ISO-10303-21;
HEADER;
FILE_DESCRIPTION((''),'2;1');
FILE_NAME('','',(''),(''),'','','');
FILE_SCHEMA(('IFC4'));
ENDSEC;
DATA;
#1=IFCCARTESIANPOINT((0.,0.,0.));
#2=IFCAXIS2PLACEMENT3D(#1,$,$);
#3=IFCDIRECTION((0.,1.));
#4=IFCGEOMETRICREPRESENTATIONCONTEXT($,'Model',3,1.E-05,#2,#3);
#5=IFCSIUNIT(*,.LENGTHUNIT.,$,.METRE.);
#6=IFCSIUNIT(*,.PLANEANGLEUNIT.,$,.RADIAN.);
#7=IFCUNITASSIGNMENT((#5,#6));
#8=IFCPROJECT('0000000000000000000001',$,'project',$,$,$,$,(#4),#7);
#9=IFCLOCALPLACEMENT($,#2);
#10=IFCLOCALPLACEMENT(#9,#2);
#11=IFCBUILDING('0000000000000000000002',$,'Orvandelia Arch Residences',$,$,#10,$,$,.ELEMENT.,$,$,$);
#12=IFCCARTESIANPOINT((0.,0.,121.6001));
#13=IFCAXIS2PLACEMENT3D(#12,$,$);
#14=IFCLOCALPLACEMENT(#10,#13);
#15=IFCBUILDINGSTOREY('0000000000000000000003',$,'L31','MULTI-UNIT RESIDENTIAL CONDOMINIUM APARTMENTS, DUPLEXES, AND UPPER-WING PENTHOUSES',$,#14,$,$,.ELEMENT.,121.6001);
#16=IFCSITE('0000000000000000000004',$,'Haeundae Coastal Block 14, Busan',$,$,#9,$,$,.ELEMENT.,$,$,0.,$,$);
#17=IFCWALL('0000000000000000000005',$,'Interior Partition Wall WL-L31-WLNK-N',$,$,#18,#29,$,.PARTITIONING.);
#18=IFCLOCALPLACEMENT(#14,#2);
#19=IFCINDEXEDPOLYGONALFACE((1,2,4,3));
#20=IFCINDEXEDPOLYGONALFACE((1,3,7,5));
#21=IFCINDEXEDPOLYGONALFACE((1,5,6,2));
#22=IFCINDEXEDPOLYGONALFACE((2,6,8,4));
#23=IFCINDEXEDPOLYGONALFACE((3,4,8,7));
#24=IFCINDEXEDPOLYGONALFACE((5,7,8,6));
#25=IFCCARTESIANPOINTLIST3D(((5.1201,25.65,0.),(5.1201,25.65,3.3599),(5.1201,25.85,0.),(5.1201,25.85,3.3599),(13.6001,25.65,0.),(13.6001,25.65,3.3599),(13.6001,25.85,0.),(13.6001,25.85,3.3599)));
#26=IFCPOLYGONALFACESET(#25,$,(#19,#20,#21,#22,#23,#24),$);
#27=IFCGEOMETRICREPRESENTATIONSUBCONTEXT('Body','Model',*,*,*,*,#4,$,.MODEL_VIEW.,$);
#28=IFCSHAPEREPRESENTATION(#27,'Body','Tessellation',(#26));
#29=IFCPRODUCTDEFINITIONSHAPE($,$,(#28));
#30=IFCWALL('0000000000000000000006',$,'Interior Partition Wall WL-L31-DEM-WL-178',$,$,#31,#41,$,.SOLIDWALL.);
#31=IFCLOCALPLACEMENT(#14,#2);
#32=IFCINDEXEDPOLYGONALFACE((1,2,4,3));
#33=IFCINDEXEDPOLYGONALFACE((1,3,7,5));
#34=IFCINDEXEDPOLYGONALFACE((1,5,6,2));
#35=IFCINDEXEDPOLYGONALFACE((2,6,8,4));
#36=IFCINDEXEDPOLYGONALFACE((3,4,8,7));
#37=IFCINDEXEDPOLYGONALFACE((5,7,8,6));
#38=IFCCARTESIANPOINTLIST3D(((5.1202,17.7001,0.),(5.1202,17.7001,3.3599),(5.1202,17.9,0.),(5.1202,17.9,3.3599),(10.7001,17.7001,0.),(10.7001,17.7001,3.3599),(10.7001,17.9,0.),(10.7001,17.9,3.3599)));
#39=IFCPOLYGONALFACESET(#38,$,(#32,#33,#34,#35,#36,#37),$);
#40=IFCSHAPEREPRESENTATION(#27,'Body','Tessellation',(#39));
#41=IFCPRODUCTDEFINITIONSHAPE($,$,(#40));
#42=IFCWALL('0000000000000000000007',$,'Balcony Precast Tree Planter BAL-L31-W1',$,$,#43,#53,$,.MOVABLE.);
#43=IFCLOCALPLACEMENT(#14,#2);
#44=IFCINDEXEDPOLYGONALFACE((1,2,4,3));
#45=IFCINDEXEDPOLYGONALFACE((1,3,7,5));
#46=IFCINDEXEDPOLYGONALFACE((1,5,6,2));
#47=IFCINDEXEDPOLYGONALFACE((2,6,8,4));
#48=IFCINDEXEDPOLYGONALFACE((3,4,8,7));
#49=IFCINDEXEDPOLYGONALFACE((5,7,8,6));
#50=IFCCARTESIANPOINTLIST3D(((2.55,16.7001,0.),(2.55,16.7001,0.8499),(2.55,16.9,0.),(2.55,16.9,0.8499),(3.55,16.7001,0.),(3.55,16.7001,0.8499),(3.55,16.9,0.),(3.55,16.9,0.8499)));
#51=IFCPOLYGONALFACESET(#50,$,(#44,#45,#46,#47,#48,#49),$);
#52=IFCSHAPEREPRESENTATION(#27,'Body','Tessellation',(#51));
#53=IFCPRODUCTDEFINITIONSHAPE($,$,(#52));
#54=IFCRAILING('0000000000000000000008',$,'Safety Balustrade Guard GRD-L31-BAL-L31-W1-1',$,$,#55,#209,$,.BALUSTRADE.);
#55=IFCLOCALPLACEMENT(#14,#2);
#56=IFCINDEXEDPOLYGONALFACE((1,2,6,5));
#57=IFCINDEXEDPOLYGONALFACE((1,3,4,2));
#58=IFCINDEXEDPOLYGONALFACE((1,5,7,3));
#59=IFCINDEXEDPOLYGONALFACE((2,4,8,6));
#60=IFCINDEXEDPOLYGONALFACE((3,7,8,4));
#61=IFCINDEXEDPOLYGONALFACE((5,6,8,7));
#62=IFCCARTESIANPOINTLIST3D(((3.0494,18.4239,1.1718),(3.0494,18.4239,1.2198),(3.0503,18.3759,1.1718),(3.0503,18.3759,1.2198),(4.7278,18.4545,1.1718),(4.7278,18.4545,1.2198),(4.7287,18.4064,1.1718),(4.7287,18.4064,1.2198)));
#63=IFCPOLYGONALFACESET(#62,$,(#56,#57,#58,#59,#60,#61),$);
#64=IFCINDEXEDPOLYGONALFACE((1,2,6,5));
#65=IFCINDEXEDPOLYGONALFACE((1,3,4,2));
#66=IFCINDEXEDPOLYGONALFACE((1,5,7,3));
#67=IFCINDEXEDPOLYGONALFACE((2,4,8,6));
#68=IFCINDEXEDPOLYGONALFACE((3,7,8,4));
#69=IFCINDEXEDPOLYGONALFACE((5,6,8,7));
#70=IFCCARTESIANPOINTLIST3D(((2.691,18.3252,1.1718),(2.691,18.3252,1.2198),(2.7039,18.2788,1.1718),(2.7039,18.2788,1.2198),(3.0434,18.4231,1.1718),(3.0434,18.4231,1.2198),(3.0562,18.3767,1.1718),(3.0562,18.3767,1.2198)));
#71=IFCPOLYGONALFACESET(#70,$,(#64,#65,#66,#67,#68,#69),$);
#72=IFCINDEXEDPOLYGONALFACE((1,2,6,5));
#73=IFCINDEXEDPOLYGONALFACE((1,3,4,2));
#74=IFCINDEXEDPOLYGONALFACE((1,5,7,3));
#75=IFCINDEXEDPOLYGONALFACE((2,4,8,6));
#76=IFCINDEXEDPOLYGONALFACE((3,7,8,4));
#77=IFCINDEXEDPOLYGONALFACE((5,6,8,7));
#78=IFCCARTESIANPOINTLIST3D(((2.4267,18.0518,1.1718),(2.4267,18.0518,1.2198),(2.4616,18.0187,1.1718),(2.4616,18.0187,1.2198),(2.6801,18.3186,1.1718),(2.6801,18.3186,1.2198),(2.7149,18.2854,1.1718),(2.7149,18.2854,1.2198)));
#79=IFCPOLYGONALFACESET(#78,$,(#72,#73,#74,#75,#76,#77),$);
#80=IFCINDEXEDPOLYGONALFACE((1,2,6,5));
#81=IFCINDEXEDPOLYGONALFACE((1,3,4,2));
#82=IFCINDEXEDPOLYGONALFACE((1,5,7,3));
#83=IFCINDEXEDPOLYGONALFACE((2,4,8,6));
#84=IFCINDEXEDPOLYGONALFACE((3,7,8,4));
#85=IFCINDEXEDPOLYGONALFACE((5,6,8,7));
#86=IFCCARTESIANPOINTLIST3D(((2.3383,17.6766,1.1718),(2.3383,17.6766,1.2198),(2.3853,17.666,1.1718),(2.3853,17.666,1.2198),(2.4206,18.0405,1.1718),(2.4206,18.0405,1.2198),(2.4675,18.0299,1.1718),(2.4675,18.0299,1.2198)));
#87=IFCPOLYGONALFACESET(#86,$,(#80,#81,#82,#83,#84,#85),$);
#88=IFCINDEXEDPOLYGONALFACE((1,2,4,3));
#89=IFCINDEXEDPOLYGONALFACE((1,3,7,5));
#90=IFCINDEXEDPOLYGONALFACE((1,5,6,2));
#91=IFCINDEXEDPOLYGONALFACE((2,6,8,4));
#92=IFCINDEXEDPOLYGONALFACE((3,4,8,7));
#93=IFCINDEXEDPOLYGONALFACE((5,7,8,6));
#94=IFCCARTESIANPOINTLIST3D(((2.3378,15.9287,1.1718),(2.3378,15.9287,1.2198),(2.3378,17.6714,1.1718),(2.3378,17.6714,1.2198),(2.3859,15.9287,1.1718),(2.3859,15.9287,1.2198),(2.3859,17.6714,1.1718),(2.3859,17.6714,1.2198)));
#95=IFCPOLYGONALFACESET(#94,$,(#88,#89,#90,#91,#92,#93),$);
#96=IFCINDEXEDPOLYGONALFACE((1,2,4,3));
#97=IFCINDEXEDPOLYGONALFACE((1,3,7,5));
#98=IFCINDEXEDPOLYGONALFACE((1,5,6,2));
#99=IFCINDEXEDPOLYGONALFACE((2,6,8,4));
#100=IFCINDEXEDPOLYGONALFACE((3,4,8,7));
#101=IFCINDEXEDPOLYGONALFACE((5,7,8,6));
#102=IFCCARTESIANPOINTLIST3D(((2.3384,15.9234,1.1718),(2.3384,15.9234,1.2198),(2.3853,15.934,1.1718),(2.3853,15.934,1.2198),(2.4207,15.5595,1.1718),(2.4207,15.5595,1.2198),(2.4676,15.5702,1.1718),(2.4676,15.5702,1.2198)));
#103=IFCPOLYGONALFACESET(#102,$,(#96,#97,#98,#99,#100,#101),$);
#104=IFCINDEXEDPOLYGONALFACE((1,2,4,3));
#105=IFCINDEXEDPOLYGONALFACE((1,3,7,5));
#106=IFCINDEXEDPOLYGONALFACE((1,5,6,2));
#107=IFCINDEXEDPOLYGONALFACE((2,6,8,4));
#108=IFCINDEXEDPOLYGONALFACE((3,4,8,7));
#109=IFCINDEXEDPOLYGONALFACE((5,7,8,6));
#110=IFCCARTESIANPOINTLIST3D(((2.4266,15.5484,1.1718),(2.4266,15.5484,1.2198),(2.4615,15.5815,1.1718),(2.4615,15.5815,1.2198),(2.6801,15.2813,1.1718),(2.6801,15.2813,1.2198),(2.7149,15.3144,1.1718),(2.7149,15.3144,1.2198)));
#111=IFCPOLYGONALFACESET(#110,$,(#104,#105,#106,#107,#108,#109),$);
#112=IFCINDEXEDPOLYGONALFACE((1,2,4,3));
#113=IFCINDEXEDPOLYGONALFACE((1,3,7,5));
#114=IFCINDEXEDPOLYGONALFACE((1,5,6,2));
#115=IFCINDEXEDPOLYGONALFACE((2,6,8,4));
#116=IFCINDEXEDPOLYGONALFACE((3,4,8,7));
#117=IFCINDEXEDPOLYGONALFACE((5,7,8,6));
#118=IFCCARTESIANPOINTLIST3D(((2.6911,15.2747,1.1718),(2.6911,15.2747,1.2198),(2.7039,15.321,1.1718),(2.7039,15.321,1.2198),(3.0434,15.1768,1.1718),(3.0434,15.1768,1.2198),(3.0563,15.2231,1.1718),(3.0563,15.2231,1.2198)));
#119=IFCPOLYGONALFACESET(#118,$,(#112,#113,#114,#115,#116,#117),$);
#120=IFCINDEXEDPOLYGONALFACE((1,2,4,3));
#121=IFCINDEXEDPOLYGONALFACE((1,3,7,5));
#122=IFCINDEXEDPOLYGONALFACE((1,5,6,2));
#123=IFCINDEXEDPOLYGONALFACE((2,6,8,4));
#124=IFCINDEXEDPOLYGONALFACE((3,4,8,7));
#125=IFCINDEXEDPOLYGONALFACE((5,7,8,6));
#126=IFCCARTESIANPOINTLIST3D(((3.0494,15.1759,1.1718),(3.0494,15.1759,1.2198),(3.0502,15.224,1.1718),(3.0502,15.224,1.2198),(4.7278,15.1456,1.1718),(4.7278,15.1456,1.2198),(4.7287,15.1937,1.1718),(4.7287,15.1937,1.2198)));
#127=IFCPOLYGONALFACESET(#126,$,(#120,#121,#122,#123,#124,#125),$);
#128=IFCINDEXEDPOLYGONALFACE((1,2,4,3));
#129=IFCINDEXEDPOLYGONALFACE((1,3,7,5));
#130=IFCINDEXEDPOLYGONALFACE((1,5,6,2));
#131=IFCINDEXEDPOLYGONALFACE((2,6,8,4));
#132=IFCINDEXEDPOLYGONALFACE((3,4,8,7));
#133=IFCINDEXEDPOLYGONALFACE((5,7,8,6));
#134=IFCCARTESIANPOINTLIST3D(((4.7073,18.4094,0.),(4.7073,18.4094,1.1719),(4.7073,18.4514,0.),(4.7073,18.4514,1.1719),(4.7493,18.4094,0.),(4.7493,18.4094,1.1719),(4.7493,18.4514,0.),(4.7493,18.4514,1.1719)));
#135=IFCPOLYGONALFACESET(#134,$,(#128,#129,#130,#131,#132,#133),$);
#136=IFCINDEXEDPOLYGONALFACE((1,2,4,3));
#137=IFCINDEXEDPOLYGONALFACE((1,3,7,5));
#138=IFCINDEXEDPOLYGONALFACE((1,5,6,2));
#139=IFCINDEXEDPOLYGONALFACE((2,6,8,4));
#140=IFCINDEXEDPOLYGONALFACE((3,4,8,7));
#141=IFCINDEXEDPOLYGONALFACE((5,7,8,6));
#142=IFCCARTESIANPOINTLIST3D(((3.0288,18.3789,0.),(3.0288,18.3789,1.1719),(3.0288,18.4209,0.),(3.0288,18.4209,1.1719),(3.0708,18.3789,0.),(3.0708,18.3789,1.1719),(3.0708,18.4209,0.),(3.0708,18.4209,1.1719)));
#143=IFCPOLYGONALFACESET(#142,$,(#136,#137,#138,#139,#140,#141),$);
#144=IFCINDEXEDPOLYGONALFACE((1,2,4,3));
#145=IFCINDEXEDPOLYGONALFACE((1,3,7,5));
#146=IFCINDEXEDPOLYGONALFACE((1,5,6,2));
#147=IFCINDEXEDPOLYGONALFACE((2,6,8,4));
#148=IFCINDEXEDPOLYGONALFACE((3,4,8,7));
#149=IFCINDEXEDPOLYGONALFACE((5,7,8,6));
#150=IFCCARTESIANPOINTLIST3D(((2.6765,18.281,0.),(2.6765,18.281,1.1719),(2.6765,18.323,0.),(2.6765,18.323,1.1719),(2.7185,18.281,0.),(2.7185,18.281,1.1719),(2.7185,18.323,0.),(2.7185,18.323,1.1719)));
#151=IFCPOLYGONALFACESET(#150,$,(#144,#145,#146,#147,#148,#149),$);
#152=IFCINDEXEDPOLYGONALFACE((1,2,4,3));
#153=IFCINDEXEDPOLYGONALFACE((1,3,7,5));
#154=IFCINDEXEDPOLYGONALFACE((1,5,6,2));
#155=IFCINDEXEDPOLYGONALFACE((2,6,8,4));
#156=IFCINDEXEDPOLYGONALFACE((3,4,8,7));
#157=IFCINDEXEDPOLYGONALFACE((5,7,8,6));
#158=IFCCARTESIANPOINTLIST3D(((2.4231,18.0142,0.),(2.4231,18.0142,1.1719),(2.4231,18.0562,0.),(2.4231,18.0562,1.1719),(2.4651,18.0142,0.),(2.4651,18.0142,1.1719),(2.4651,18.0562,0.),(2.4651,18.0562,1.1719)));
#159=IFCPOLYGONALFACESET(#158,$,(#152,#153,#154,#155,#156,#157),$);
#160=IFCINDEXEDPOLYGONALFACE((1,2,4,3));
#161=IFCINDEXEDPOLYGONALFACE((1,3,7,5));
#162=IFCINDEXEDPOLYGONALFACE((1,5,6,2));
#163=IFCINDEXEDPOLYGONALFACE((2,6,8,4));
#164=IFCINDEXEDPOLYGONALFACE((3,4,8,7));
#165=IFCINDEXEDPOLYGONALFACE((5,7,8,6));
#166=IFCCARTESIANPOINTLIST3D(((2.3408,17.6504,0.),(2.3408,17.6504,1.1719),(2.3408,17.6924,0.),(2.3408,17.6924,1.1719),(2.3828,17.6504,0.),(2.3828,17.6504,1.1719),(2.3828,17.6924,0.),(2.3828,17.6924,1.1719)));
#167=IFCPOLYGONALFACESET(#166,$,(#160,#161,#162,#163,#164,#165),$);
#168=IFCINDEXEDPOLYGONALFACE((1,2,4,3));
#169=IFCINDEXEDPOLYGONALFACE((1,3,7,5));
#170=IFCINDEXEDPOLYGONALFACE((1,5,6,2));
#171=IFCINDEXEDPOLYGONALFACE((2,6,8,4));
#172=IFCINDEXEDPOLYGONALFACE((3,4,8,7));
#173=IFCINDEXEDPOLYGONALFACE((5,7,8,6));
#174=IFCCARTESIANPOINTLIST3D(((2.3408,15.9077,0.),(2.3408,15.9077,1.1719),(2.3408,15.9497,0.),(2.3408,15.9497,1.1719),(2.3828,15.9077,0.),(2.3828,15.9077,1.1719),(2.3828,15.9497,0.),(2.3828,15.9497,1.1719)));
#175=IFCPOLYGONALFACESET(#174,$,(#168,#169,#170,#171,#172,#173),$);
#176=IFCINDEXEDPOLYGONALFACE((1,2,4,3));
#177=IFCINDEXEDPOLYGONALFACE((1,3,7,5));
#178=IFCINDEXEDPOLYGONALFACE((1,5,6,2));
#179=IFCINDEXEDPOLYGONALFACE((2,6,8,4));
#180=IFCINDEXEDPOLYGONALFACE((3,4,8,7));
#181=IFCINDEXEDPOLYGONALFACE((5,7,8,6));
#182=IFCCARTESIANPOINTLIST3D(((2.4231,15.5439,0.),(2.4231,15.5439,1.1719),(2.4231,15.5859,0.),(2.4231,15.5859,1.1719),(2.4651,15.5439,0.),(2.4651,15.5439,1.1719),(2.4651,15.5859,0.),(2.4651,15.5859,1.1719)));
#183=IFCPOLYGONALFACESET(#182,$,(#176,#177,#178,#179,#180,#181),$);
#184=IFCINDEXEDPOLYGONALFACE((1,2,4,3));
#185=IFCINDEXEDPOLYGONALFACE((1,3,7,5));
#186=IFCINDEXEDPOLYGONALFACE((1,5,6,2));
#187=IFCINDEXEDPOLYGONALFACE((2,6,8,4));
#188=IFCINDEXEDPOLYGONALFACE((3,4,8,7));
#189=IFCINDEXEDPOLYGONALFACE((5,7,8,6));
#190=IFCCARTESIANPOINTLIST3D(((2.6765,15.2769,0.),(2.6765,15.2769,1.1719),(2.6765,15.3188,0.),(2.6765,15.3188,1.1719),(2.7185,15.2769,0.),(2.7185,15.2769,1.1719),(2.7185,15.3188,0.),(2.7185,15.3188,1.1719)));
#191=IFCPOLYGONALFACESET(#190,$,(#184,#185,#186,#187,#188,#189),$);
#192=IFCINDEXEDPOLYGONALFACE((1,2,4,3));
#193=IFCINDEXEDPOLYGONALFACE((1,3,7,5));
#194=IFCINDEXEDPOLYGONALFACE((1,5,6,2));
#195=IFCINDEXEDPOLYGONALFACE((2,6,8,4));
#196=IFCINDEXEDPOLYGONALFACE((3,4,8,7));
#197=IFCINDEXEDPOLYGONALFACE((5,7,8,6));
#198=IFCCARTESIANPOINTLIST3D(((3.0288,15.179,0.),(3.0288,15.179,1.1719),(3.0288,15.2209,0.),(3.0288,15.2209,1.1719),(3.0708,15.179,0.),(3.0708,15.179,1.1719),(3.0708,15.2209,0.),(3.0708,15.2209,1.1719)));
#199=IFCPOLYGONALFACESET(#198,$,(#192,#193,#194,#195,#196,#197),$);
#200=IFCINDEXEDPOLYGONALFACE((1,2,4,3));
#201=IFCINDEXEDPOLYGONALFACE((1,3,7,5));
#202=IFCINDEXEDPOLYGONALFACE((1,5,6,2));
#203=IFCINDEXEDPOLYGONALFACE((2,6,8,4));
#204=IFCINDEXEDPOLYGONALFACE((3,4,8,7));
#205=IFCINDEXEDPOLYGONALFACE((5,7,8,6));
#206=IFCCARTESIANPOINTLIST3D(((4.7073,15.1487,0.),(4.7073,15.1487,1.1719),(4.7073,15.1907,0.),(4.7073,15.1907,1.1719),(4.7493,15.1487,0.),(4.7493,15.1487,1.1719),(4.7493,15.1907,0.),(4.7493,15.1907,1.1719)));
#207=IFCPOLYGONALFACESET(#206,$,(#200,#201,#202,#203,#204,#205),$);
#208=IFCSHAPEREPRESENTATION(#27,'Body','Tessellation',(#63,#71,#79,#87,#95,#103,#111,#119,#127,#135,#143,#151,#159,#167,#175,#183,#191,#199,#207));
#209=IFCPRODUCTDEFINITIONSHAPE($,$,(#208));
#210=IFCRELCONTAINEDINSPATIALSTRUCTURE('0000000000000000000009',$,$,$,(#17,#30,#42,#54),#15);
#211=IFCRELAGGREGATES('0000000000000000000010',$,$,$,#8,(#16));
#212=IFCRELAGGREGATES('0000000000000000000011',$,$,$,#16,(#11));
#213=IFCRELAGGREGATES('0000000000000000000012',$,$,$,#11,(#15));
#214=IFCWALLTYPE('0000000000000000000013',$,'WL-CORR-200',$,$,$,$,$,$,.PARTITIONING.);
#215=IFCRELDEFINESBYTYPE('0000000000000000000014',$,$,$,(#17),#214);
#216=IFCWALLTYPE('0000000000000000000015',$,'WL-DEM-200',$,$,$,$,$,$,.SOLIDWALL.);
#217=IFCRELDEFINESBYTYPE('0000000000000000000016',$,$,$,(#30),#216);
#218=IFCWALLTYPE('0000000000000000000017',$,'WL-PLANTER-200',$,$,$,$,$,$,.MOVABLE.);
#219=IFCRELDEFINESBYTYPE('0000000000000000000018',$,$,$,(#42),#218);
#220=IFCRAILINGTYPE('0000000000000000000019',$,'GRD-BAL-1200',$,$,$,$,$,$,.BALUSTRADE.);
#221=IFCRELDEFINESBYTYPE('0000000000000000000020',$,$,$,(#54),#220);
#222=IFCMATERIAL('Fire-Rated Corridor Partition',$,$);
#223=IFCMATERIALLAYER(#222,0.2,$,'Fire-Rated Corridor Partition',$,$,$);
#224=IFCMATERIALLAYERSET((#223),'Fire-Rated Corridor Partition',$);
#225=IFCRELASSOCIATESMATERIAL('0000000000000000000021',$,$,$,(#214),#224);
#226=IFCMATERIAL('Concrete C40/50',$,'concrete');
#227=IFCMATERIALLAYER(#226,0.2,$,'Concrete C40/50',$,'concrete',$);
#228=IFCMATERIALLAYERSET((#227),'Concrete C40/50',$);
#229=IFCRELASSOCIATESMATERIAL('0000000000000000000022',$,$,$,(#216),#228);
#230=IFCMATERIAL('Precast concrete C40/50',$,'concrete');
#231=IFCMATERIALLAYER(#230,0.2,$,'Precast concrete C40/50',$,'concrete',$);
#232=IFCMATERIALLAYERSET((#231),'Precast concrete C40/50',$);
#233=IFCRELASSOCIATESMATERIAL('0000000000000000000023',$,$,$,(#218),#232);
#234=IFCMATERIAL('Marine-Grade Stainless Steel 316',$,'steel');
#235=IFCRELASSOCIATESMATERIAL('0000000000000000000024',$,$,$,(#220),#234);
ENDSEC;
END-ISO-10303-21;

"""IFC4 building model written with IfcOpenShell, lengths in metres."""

from ifc_helpers import new_model, si_unit, direction, frame, frame_2d, origin, origin_2d, place, context, subcontext, project, spatial, rectangle, extrude, material, layer, layer_set, type_object, element, save


model = new_model("IFC4")

# Units and contexts
model_context = context("Model", 3, precision=1e-05, world=origin(), true_north=direction((0.0, 1.0)))
body_context = subcontext(model_context, "Body", "Model", "MODEL_VIEW")
ifc_project = project(units=[si_unit("LENGTHUNIT", "METRE"), si_unit("PLANEANGLEUNIT", "RADIAN")], contexts=[model_context])

# Site, building, storey
site_placement = place(None, origin())
site = spatial("IfcSite", under=ifc_project, at=site_placement, Name="Haeundae Coastal Block 14, Busan", CompositionType="ELEMENT", RefElevation=0.0)
building_placement = place(site_placement, origin())
building = spatial("IfcBuilding", under=site, at=building_placement, Name="Orvandelia Arch Residences", CompositionType="ELEMENT")
storey_placement = place(building_placement, frame((0.0, 0.0, 121.6001)))
storey = spatial("IfcBuildingStorey", under=building, at=storey_placement, Name="L31", Description="MULTI-UNIT RESIDENTIAL CONDOMINIUM APARTMENTS, DUPLEXES, AND UPPER-WING PENTHOUSES", CompositionType="ELEMENT", Elevation=121.6001)

# Walls
ifc_material_1 = material(Name="Fire-Rated Corridor Partition")
ifc_layer_1 = layer(ifc_material_1, 0.2, Name="Fire-Rated Corridor Partition")
ifc_layer_set_1 = layer_set([ifc_layer_1], Name="Fire-Rated Corridor Partition")
wall_type_1 = type_object("IfcWallType", Name="WL-CORR-200", PredefinedType="PARTITIONING", material=ifc_layer_set_1)
wall_1_placement = place(storey_placement, frame((5.1201, 25.75, 0.0), z_axis=(0.0, 0.0, 1.0), x_axis=(1.0, 0.0, 0.0)))
element("IfcWall", 1, at=wall_1_placement, inside=storey, type_object=wall_type_1, Name="Interior Partition Wall WL-L31-WLNK-N", PredefinedType="PARTITIONING", context=body_context, shape_type="SweptSolid", body=[
    extrude(rectangle(XDim=8.48, YDim=0.2, at=frame_2d((4.24, 0.0))), origin(), (0.0, 0.0, 1.0), 3.3599),
])
ifc_material_2 = material(Name="Concrete C40/50", Category="concrete")
ifc_layer_2 = layer(ifc_material_2, 0.2, Name="Concrete C40/50", Category="concrete")
ifc_layer_set_2 = layer_set([ifc_layer_2], Name="Concrete C40/50")
wall_type_2 = type_object("IfcWallType", Name="WL-DEM-200", PredefinedType="SOLIDWALL", material=ifc_layer_set_2)
wall_2_placement = place(storey_placement, frame((5.1201, 17.8, 0.0), z_axis=(0.0, 0.0, 1.0), x_axis=(1.0, 0.0, 0.0)))
element("IfcWall", 2, at=wall_2_placement, inside=storey, type_object=wall_type_2, Name="Interior Partition Wall WL-L31-DEM-WL-178", PredefinedType="SOLIDWALL", context=body_context, shape_type="SweptSolid", body=[
    extrude(rectangle(XDim=5.5798, YDim=0.2, at=frame_2d((2.79, 0.0))), origin(), (0.0, 0.0, 1.0), 3.3599),
])
ifc_material_3 = material(Name="Precast concrete C40/50", Category="concrete")
ifc_layer_3 = layer(ifc_material_3, 0.2, Name="Precast concrete C40/50", Category="concrete")
ifc_layer_set_3 = layer_set([ifc_layer_3], Name="Precast concrete C40/50")
wall_type_3 = type_object("IfcWallType", Name="WL-PLANTER-200", PredefinedType="MOVABLE", material=ifc_layer_set_3)
wall_3_placement = place(storey_placement, frame((2.55, 16.8, 0.0), z_axis=(0.0, 0.0, 1.0), x_axis=(1.0, 0.0, 0.0)))
element("IfcWall", 3, at=wall_3_placement, inside=storey, type_object=wall_type_3, Name="Balcony Precast Tree Planter BAL-L31-W1", PredefinedType="MOVABLE", context=body_context, shape_type="SweptSolid", body=[
    extrude(rectangle(XDim=1.0, YDim=0.2, at=frame_2d((0.5, 0.0))), origin(), (0.0, 0.0, 1.0), 0.8499),
])

# Railing
ifc_material_4 = material(Name="Marine-Grade Stainless Steel 316", Category="steel")
railing_type = type_object("IfcRailingType", Name="GRD-BAL-1200", PredefinedType="BALUSTRADE", material=ifc_material_4)
railing_placement = place(storey_placement, frame((4.7283, 18.4304, 0.0)))
element("IfcRailing", 4, at=railing_placement, inside=storey, type_object=railing_type, Name="Safety Balustrade Guard GRD-L31-BAL-L31-W1-1", PredefinedType="BALUSTRADE", context=body_context, shape_type="SweptSolid", body=[
    extrude(rectangle(XDim=0.0481, YDim=0.0481, at=origin_2d()), frame((0.0, 0.0, 1.1958), z_axis=(-0.999835, -0.018179, 0.0), x_axis=(0.018179, -0.999835, 0.0)), (0.0, 0.0, 1.0), 1.6787),
    extrude(rectangle(XDim=0.0481, YDim=0.0481, at=origin_2d()), frame((-1.6785, -0.0305, 1.1958), z_axis=(-0.963489, -0.267747, 0.0), x_axis=(0.267747, -0.963489, 0.0)), (0.0, 0.0, 1.0), 0.3657),
    extrude(rectangle(XDim=0.0481, YDim=0.0481, at=origin_2d()), frame((-2.0308, -0.1284, 1.1958), z_axis=(-0.688627, -0.725115, 0.0), x_axis=(0.725115, -0.688627, 0.0)), (0.0, 0.0, 1.0), 0.3679),
    extrude(rectangle(XDim=0.0481, YDim=0.0481, at=origin_2d()), frame((-2.2842, -0.3953, 1.1958), z_axis=(-0.220602, -0.975364, 0.0), x_axis=(0.975364, -0.220602, 0.0)), (0.0, 0.0, 1.0), 0.373),
    extrude(rectangle(XDim=0.0481, YDim=0.0481, at=origin_2d()), frame((-2.3665, -0.759, 1.1958), z_axis=(0.0, -1.0, 0.0), x_axis=(1.0, 0.0, 0.0)), (0.0, 0.0, 1.0), 1.7427),
    extrude(rectangle(XDim=0.0481, YDim=0.0481, at=origin_2d()), frame((-2.3665, -2.5017, 1.1958), z_axis=(0.220602, -0.975364, 0.0), x_axis=(0.975364, 0.220602, 0.0)), (0.0, 0.0, 1.0), 0.373),
    extrude(rectangle(XDim=0.0481, YDim=0.0481, at=origin_2d()), frame((-2.2842, -2.8655, 1.1958), z_axis=(0.688296, -0.72543, 0.0), x_axis=(0.72543, 0.688296, 0.0)), (0.0, 0.0, 1.0), 0.3682),
    extrude(rectangle(XDim=0.0481, YDim=0.0481, at=origin_2d()), frame((-2.0308, -3.1326, 1.1958), z_axis=(0.963489, -0.267747, 0.0), x_axis=(0.267747, 0.963489, 0.0)), (0.0, 0.0, 1.0), 0.3657),
    extrude(rectangle(XDim=0.0481, YDim=0.0481, at=origin_2d()), frame((-1.6785, -3.2305, 1.1958), z_axis=(0.999837, -0.018033, 0.0), x_axis=(0.018033, 0.999837, 0.0)), (0.0, 0.0, 1.0), 1.6787),
    extrude(rectangle(XDim=0.042, YDim=0.042, at=origin_2d()), origin(), (0.0, 0.0, 1.0), 1.1719),
    extrude(rectangle(XDim=0.042, YDim=0.042, at=origin_2d()), frame((-1.6785, -0.0305, 0.0)), (0.0, 0.0, 1.0), 1.1719),
    extrude(rectangle(XDim=0.042, YDim=0.042, at=origin_2d()), frame((-2.0308, -0.1284, 0.0)), (0.0, 0.0, 1.0), 1.1719),
    extrude(rectangle(XDim=0.042, YDim=0.042, at=origin_2d()), frame((-2.2842, -0.3953, 0.0)), (0.0, 0.0, 1.0), 1.1719),
    extrude(rectangle(XDim=0.042, YDim=0.042, at=origin_2d()), frame((-2.3665, -0.759, 0.0)), (0.0, 0.0, 1.0), 1.1719),
    extrude(rectangle(XDim=0.042, YDim=0.042, at=origin_2d()), frame((-2.3665, -2.5017, 0.0)), (0.0, 0.0, 1.0), 1.1719),
    extrude(rectangle(XDim=0.042, YDim=0.042, at=origin_2d()), frame((-2.2842, -2.8655, 0.0)), (0.0, 0.0, 1.0), 1.1719),
    extrude(rectangle(XDim=0.042, YDim=0.042, at=origin_2d()), frame((-2.0308, -3.1326, 0.0)), (0.0, 0.0, 1.0), 1.1719),
    extrude(rectangle(XDim=0.042, YDim=0.042, at=origin_2d()), frame((-1.6785, -3.2305, 0.0)), (0.0, 0.0, 1.0), 1.1719),
    extrude(rectangle(XDim=0.042, YDim=0.042, at=origin_2d()), frame((0.0, -3.2607, 0.0)), (0.0, 0.0, 1.0), 1.1719),
])

save(model, "model.ifc")
